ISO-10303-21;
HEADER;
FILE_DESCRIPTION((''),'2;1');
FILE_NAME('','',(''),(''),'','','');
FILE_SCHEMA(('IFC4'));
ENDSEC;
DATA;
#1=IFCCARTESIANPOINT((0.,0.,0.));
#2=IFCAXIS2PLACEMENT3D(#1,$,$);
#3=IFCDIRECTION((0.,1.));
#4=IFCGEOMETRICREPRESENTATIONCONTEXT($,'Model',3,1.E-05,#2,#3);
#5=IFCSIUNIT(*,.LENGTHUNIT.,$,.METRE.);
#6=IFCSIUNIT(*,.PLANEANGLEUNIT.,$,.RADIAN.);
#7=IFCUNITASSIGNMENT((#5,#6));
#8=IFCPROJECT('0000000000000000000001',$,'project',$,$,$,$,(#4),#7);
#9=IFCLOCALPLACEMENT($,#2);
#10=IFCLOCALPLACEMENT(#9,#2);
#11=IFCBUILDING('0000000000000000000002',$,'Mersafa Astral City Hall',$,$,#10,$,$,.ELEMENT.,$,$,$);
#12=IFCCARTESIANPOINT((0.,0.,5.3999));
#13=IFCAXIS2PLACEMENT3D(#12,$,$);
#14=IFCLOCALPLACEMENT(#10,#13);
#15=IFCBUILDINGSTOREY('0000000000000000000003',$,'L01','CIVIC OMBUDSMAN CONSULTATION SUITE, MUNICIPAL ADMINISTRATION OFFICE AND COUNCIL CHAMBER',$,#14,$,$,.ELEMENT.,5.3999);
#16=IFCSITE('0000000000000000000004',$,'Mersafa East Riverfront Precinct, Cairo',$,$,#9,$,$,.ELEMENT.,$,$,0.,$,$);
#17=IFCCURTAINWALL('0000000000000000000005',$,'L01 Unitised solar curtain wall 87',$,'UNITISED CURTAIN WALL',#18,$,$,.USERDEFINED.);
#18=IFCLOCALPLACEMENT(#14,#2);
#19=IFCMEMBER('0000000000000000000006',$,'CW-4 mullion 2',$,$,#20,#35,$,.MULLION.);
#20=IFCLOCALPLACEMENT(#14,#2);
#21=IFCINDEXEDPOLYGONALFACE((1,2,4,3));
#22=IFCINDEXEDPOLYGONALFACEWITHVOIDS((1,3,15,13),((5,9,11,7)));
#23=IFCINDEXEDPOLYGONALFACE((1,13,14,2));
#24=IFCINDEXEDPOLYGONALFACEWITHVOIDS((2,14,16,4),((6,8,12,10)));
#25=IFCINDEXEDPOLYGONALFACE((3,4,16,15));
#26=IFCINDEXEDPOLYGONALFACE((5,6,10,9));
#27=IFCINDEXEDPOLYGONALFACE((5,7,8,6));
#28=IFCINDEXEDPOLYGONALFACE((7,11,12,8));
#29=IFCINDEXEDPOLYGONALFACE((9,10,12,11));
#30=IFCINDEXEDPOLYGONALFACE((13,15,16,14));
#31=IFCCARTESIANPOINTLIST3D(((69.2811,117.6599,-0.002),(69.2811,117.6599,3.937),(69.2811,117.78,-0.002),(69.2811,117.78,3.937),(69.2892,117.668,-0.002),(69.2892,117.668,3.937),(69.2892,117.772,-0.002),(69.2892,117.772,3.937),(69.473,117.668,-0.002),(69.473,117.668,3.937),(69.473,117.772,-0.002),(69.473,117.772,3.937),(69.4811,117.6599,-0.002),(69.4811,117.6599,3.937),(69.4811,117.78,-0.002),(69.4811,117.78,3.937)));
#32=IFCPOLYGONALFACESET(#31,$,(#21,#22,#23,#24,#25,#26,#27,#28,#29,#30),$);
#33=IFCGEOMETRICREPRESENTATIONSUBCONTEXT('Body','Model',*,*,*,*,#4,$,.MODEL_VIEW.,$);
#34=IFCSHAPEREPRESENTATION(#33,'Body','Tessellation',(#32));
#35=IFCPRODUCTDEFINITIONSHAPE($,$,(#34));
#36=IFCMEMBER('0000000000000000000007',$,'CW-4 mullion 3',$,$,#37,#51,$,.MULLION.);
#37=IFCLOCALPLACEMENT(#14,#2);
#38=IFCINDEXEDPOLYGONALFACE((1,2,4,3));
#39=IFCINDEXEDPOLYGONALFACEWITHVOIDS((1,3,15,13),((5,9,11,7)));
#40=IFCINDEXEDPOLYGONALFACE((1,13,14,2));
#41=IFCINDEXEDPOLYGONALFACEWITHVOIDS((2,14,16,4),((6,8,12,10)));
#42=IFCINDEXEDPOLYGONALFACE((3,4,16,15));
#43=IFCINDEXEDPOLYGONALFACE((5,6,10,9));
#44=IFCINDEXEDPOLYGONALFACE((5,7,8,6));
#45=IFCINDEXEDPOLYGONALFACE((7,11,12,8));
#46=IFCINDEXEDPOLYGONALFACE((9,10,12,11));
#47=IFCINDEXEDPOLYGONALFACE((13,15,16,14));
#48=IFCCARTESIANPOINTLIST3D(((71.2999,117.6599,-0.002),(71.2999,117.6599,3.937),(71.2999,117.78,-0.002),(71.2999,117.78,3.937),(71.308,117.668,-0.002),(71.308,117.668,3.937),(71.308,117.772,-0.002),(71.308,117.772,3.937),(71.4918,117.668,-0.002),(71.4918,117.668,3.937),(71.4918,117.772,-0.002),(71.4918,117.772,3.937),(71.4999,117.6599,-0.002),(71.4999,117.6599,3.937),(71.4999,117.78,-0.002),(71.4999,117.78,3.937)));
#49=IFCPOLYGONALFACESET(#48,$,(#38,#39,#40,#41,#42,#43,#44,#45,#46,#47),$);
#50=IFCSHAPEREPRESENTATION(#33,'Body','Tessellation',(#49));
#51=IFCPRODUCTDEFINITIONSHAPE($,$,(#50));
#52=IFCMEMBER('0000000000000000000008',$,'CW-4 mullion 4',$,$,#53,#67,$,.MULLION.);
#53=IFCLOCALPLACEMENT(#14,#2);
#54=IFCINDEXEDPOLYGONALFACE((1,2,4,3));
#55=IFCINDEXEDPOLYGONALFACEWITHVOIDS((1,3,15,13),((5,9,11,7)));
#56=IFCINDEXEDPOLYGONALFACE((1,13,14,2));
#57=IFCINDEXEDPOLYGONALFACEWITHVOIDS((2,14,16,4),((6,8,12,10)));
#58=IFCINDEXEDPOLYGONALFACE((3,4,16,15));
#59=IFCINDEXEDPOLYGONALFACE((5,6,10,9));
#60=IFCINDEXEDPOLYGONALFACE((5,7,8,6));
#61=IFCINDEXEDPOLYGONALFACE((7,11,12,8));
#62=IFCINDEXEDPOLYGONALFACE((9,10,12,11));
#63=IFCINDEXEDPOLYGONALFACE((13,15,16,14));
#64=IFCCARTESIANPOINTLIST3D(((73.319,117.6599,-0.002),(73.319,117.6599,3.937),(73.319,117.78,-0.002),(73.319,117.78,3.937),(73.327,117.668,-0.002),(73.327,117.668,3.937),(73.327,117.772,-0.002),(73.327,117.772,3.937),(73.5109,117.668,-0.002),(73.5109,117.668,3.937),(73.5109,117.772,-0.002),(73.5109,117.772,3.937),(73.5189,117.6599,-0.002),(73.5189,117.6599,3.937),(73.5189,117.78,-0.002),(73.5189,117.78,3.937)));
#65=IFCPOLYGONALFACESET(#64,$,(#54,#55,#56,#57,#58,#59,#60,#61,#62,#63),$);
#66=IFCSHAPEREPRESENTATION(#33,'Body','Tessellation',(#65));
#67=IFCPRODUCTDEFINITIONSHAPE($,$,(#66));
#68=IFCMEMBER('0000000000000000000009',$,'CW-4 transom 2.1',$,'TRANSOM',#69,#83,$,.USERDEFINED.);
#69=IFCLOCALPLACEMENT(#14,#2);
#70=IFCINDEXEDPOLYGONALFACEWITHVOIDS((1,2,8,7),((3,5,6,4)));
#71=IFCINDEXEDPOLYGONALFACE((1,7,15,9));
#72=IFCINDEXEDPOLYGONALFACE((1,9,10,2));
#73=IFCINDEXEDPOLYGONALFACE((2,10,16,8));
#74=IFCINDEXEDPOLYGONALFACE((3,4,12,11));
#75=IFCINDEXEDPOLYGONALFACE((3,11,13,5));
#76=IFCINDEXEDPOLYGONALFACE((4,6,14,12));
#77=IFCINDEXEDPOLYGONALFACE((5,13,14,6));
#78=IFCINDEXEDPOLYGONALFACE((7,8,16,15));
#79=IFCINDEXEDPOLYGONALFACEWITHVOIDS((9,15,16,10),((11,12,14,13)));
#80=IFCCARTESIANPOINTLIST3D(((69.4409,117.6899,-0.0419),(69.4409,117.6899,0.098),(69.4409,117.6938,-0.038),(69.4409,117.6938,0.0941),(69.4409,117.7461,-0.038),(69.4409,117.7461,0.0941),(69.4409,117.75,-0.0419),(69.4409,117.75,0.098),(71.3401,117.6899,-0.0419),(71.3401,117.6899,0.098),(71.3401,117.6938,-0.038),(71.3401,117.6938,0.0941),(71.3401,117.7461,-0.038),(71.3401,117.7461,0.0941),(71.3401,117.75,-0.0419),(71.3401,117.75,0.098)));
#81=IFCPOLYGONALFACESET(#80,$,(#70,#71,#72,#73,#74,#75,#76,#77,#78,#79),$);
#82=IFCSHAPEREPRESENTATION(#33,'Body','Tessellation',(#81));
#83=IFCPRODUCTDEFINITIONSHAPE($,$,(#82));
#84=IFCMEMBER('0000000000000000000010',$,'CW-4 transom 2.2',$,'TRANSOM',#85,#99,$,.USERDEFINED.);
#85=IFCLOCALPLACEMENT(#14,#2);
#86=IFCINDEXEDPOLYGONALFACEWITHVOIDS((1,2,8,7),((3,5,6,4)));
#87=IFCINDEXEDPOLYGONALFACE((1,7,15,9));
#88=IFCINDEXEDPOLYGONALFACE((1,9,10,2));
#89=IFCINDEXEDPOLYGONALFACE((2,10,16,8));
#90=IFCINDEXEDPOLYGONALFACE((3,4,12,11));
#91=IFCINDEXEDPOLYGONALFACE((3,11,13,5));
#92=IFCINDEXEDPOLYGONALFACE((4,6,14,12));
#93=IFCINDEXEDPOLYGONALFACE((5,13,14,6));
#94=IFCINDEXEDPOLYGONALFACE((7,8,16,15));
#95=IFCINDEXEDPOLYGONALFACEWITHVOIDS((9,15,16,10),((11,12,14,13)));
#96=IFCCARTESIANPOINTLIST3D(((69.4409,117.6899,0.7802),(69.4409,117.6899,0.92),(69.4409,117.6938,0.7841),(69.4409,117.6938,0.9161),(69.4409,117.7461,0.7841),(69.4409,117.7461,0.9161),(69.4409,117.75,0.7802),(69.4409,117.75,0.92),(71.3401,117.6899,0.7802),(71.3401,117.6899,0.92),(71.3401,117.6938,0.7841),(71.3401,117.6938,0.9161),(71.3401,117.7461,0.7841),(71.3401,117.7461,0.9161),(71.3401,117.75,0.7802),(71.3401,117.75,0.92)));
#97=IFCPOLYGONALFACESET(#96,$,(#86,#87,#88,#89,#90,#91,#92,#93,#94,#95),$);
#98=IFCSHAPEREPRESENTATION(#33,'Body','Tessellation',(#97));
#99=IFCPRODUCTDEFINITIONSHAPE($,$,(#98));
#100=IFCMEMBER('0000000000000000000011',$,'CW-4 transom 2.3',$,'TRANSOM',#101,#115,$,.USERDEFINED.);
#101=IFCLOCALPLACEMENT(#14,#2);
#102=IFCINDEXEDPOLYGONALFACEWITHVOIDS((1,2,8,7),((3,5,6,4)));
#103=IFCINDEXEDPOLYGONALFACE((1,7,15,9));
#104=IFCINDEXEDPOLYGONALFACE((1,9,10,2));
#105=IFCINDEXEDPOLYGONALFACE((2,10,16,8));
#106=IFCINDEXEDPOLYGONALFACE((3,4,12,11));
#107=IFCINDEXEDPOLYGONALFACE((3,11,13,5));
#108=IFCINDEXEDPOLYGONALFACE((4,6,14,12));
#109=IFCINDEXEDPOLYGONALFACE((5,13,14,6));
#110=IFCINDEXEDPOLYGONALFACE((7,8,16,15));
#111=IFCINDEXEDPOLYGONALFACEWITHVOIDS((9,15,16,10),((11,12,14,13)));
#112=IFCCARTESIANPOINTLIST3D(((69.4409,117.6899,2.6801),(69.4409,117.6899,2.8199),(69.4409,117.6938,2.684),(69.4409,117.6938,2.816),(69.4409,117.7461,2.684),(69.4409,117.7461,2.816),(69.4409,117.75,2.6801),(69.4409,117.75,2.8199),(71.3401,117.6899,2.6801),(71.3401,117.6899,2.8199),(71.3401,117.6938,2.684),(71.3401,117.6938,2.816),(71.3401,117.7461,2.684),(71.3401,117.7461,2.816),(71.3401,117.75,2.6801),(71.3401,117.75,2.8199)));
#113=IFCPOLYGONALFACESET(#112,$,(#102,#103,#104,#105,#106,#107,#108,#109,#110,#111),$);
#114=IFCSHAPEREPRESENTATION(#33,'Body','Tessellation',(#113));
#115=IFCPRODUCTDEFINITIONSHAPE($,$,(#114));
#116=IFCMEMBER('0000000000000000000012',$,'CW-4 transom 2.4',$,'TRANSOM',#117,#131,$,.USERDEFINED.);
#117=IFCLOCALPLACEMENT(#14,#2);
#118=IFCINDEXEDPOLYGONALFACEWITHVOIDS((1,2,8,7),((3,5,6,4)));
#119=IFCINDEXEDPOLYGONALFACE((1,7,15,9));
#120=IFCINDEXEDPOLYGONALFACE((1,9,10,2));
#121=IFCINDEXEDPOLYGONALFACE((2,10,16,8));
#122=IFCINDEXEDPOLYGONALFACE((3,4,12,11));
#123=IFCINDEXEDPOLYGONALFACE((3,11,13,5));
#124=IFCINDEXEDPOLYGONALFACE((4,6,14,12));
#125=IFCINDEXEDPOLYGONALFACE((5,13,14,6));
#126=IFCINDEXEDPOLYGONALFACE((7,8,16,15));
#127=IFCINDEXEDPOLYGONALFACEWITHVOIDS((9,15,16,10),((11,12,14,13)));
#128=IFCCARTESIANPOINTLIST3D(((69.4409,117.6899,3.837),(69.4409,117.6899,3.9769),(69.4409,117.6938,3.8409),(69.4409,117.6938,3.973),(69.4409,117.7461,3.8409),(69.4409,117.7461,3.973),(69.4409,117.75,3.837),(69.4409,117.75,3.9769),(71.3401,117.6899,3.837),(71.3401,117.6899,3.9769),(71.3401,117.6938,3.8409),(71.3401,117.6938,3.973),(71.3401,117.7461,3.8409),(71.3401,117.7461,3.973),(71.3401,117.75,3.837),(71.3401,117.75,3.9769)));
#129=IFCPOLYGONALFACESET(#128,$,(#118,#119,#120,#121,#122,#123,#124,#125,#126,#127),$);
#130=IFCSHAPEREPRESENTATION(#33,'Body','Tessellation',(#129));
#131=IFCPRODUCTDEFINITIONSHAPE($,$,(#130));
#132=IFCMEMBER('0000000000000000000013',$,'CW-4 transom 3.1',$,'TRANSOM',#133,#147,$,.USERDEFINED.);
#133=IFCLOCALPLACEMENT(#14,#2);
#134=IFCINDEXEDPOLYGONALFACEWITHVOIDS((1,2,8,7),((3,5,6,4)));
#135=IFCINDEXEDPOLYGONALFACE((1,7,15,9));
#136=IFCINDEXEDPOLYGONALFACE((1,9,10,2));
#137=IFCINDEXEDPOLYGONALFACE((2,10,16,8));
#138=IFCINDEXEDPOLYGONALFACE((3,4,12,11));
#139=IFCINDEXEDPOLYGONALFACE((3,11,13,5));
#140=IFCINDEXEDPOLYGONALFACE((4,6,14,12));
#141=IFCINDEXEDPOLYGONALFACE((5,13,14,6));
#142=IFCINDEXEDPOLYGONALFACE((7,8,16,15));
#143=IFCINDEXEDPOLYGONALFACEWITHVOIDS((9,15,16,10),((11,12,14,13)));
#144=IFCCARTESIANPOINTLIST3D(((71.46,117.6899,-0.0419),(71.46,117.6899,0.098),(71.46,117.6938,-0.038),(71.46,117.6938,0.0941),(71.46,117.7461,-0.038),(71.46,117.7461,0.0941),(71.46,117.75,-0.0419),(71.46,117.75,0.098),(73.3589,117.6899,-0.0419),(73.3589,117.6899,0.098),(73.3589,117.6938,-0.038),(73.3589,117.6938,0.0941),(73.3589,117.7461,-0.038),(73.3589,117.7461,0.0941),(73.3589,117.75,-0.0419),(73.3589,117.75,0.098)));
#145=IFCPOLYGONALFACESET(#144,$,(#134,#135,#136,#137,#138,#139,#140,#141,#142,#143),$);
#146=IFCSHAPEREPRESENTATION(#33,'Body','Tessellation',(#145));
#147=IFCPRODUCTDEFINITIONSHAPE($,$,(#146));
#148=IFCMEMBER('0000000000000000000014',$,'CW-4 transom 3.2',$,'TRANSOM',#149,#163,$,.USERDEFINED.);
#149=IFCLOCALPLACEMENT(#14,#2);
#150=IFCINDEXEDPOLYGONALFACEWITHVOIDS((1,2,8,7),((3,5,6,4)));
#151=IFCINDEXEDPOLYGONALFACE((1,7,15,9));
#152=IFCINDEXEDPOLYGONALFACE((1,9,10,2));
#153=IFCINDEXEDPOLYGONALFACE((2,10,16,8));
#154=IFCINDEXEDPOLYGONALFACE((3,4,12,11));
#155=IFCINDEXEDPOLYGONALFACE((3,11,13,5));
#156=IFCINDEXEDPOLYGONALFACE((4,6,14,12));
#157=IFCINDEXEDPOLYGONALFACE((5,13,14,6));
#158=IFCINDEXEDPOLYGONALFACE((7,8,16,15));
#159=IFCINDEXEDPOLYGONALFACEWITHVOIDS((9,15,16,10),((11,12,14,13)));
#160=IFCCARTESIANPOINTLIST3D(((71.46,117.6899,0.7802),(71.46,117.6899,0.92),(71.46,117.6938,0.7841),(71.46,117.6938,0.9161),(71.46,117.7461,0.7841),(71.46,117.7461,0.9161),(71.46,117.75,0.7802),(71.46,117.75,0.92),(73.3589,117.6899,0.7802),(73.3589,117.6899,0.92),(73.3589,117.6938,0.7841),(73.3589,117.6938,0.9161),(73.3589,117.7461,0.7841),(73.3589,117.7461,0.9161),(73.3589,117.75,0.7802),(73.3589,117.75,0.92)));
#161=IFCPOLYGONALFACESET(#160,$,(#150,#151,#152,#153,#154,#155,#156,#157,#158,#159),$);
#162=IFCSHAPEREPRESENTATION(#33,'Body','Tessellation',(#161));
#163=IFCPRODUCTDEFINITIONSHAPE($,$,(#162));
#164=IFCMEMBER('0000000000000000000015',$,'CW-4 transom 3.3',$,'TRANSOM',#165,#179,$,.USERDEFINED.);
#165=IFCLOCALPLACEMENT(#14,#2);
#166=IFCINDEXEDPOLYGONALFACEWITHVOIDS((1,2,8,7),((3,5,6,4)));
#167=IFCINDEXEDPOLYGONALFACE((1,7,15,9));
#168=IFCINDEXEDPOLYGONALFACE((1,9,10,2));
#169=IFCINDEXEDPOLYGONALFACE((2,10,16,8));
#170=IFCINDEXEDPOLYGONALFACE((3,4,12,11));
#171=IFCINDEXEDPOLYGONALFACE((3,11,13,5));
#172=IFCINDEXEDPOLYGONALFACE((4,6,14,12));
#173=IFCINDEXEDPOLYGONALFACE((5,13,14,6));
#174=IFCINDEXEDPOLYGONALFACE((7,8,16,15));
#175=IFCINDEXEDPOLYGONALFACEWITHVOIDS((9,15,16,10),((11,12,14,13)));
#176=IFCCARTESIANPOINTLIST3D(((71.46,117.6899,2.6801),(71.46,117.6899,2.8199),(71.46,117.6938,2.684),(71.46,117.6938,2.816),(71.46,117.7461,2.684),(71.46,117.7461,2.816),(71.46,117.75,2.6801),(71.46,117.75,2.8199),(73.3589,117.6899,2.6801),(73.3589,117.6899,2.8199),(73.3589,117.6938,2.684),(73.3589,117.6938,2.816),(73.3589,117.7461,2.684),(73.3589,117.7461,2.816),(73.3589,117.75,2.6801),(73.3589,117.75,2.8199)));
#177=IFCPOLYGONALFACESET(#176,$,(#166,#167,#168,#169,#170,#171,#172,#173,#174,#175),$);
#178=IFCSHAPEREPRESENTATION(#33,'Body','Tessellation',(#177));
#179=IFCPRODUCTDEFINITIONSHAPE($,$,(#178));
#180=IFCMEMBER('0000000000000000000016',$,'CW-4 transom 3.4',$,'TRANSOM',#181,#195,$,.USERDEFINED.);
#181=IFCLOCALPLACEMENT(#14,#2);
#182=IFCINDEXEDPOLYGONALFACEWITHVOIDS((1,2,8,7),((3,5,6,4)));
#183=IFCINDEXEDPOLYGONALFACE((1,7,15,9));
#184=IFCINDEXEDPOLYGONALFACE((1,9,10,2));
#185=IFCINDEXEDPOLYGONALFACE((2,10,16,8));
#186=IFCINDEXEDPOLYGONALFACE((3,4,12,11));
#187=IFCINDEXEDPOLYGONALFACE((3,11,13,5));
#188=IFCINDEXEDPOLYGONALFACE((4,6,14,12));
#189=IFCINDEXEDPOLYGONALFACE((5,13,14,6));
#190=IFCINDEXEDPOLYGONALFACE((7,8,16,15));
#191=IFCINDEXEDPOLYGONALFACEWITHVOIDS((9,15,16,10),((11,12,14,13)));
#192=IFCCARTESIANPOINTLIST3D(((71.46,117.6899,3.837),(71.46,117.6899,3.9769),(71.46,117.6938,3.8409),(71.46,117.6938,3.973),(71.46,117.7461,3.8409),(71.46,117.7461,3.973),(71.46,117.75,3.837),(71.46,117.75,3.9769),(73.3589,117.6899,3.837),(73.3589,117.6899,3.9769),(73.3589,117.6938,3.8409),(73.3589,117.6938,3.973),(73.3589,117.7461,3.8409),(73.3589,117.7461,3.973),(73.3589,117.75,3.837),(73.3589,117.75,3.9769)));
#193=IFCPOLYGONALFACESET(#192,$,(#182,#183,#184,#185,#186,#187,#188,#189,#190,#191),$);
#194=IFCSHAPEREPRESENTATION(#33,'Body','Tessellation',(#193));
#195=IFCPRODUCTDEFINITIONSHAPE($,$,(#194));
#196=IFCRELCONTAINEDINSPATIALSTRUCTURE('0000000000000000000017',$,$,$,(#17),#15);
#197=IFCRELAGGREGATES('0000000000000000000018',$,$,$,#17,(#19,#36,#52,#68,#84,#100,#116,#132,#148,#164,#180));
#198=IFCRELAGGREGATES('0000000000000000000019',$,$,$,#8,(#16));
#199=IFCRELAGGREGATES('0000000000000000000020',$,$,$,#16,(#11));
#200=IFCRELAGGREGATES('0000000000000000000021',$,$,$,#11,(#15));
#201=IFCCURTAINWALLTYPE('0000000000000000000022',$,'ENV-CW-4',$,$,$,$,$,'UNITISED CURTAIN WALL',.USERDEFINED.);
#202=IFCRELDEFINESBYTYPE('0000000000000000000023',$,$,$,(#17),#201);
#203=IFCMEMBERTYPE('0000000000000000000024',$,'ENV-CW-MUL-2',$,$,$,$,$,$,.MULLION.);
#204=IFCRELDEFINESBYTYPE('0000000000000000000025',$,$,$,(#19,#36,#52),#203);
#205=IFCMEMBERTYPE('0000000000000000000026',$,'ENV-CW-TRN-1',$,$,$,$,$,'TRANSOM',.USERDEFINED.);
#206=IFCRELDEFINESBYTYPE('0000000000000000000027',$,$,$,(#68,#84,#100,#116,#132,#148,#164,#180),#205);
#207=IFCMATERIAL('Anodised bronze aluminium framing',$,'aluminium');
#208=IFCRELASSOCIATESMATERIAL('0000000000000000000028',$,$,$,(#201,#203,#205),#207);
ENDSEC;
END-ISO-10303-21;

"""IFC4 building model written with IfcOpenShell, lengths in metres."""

from ifc_helpers import new_model, si_unit, direction, frame, origin, origin_2d, place, context, subcontext, project, spatial, hollow_rectangle, extrude, material, material_profile, profile_set, type_object, element, aggregate, save


model = new_model("IFC4")

# Units and contexts
model_context = context("Model", 3, precision=1e-05, world=origin(), true_north=direction((0.0, 1.0)))
body_context = subcontext(model_context, "Body", "Model", "MODEL_VIEW")
ifc_project = project(units=[si_unit("LENGTHUNIT", "METRE"), si_unit("PLANEANGLEUNIT", "RADIAN")], contexts=[model_context])

# Site, building, storey
site_placement = place(None, origin())
site = spatial("IfcSite", under=ifc_project, at=site_placement, Name="Mersafa East Riverfront Precinct, Cairo", CompositionType="ELEMENT", RefElevation=0.0)
building_placement = place(site_placement, origin())
building = spatial("IfcBuilding", under=site, at=building_placement, Name="Mersafa Astral City Hall", CompositionType="ELEMENT")
storey_placement = place(building_placement, frame((0.0, 0.0, 5.3999)))
storey = spatial("IfcBuildingStorey", under=building, at=storey_placement, Name="L01", Description="CIVIC OMBUDSMAN CONSULTATION SUITE, MUNICIPAL ADMINISTRATION OFFICE AND COUNCIL CHAMBER", CompositionType="ELEMENT", Elevation=5.3999)

# Curtain wall, members
ifc_material_1 = material(Name="Anodised bronze aluminium framing", Category="aluminium")
curtain_wall_type = type_object("IfcCurtainWallType", Name="ENV-CW-4", ElementType="UNITISED CURTAIN WALL", PredefinedType="USERDEFINED", material=ifc_material_1)
curtain_wall_placement = place(storey_placement, origin())
curtain_wall = element("IfcCurtainWall", 1, at=curtain_wall_placement, inside=storey, type_object=curtain_wall_type, Name="L01 Unitised solar curtain wall 87", ObjectType="UNITISED CURTAIN WALL", PredefinedType="USERDEFINED")
ifc_material_profile_1 = material_profile(ifc_material_1, hollow_rectangle(XDim=0.1201, YDim=0.2, WallThickness=0.0081, at=origin_2d()), Name="RHS 120x200x8")
ifc_profile_set_1 = profile_set([ifc_material_profile_1], Name="Anodised bronze aluminium framing")
member_type_1 = type_object("IfcMemberType", Name="ENV-CW-MUL-2", PredefinedType="MULLION", material=ifc_profile_set_1)
member_1_placement = place(storey_placement, frame((69.3811, 117.72, -0.002), z_axis=(0.0, 0.0, 1.0), x_axis=(0.0, 1.0, 0.0)))
member_1 = element("IfcMember", 2, at=member_1_placement, type_object=member_type_1, Name="CW-4 mullion 2", PredefinedType="MULLION", context=body_context, shape_type="SweptSolid", body=[
    extrude(hollow_rectangle(XDim=0.1201, YDim=0.2, WallThickness=0.0081, at=origin_2d()), origin(), (0.0, 0.0, 1.0), 3.939),
])
member_2_placement = place(storey_placement, frame((71.3999, 117.72, -0.002), z_axis=(0.0, 0.0, 1.0), x_axis=(0.0, 1.0, 0.0)))
member_2 = element("IfcMember", 3, at=member_2_placement, type_object=member_type_1, Name="CW-4 mullion 3", PredefinedType="MULLION", context=body_context, shape_type="SweptSolid", body=[
    extrude(hollow_rectangle(XDim=0.1201, YDim=0.2, WallThickness=0.0081, at=origin_2d()), origin(), (0.0, 0.0, 1.0), 3.939),
])
member_3_placement = place(storey_placement, frame((73.4189, 117.72, -0.002), z_axis=(0.0, 0.0, 1.0), x_axis=(0.0, 1.0, 0.0)))
member_3 = element("IfcMember", 4, at=member_3_placement, type_object=member_type_1, Name="CW-4 mullion 4", PredefinedType="MULLION", context=body_context, shape_type="SweptSolid", body=[
    extrude(hollow_rectangle(XDim=0.1201, YDim=0.2, WallThickness=0.0081, at=origin_2d()), origin(), (0.0, 0.0, 1.0), 3.939),
])
ifc_material_profile_2 = material_profile(ifc_material_1, hollow_rectangle(XDim=0.0601, YDim=0.1399, WallThickness=0.0039, at=origin_2d()), Name="RHS 60x140x4")
ifc_profile_set_2 = profile_set([ifc_material_profile_2], Name="Anodised bronze aluminium framing")
member_type_2 = type_object("IfcMemberType", Name="ENV-CW-TRN-1", ElementType="TRANSOM", PredefinedType="USERDEFINED", material=ifc_profile_set_2)
member_4_placement = place(storey_placement, frame((69.4409, 117.72, 0.0281), z_axis=(1.0, 0.0, 0.0), x_axis=(0.0, 1.0, 0.0)))
member_4 = element("IfcMember", 5, at=member_4_placement, type_object=member_type_2, Name="CW-4 transom 2.1", ObjectType="TRANSOM", PredefinedType="USERDEFINED", context=body_context, shape_type="SweptSolid", body=[
    extrude(hollow_rectangle(XDim=0.0601, YDim=0.1399, WallThickness=0.0039, at=origin_2d()), origin(), (0.0, 0.0, 1.0), 1.8992),
])
member_5_placement = place(storey_placement, frame((69.4409, 117.72, 0.8501), z_axis=(1.0, 0.0, 0.0), x_axis=(0.0, 1.0, 0.0)))
member_5 = element("IfcMember", 6, at=member_5_placement, type_object=member_type_2, Name="CW-4 transom 2.2", ObjectType="TRANSOM", PredefinedType="USERDEFINED", context=body_context, shape_type="SweptSolid", body=[
    extrude(hollow_rectangle(XDim=0.0601, YDim=0.1399, WallThickness=0.0039, at=origin_2d()), origin(), (0.0, 0.0, 1.0), 1.8992),
])
member_6_placement = place(storey_placement, frame((69.4409, 117.72, 2.75), z_axis=(1.0, 0.0, 0.0), x_axis=(0.0, 1.0, 0.0)))
member_6 = element("IfcMember", 7, at=member_6_placement, type_object=member_type_2, Name="CW-4 transom 2.3", ObjectType="TRANSOM", PredefinedType="USERDEFINED", context=body_context, shape_type="SweptSolid", body=[
    extrude(hollow_rectangle(XDim=0.0601, YDim=0.1399, WallThickness=0.0039, at=origin_2d()), origin(), (0.0, 0.0, 1.0), 1.8992),
])
member_7_placement = place(storey_placement, frame((69.4409, 117.72, 3.907), z_axis=(1.0, 0.0, 0.0), x_axis=(0.0, 1.0, 0.0)))
member_7 = element("IfcMember", 8, at=member_7_placement, type_object=member_type_2, Name="CW-4 transom 2.4", ObjectType="TRANSOM", PredefinedType="USERDEFINED", context=body_context, shape_type="SweptSolid", body=[
    extrude(hollow_rectangle(XDim=0.0601, YDim=0.1399, WallThickness=0.0039, at=origin_2d()), origin(), (0.0, 0.0, 1.0), 1.8992),
])
member_8_placement = place(storey_placement, frame((71.46, 117.72, 0.0281), z_axis=(1.0, 0.0, 0.0), x_axis=(0.0, 1.0, 0.0)))
member_8 = element("IfcMember", 9, at=member_8_placement, type_object=member_type_2, Name="CW-4 transom 3.1", ObjectType="TRANSOM", PredefinedType="USERDEFINED", context=body_context, shape_type="SweptSolid", body=[
    extrude(hollow_rectangle(XDim=0.0601, YDim=0.1399, WallThickness=0.0039, at=origin_2d()), origin(), (0.0, 0.0, 1.0), 1.8989),
])
member_9_placement = place(storey_placement, frame((71.46, 117.72, 0.8501), z_axis=(1.0, 0.0, 0.0), x_axis=(0.0, 1.0, 0.0)))
member_9 = element("IfcMember", 10, at=member_9_placement, type_object=member_type_2, Name="CW-4 transom 3.2", ObjectType="TRANSOM", PredefinedType="USERDEFINED", context=body_context, shape_type="SweptSolid", body=[
    extrude(hollow_rectangle(XDim=0.0601, YDim=0.1399, WallThickness=0.0039, at=origin_2d()), origin(), (0.0, 0.0, 1.0), 1.8989),
])
member_10_placement = place(storey_placement, frame((71.46, 117.72, 2.75), z_axis=(1.0, 0.0, 0.0), x_axis=(0.0, 1.0, 0.0)))
member_10 = element("IfcMember", 11, at=member_10_placement, type_object=member_type_2, Name="CW-4 transom 3.3", ObjectType="TRANSOM", PredefinedType="USERDEFINED", context=body_context, shape_type="SweptSolid", body=[
    extrude(hollow_rectangle(XDim=0.0601, YDim=0.1399, WallThickness=0.0039, at=origin_2d()), origin(), (0.0, 0.0, 1.0), 1.8989),
])
member_11_placement = place(storey_placement, frame((71.46, 117.72, 3.907), z_axis=(1.0, 0.0, 0.0), x_axis=(0.0, 1.0, 0.0)))
member_11 = element("IfcMember", 12, at=member_11_placement, type_object=member_type_2, Name="CW-4 transom 3.4", ObjectType="TRANSOM", PredefinedType="USERDEFINED", context=body_context, shape_type="SweptSolid", body=[
    extrude(hollow_rectangle(XDim=0.0601, YDim=0.1399, WallThickness=0.0039, at=origin_2d()), origin(), (0.0, 0.0, 1.0), 1.8989),
])

aggregate(curtain_wall, [member_1, member_2, member_3, member_4, member_5, member_6, member_7, member_8, member_9, member_10, member_11])

save(model, "model.ifc")
